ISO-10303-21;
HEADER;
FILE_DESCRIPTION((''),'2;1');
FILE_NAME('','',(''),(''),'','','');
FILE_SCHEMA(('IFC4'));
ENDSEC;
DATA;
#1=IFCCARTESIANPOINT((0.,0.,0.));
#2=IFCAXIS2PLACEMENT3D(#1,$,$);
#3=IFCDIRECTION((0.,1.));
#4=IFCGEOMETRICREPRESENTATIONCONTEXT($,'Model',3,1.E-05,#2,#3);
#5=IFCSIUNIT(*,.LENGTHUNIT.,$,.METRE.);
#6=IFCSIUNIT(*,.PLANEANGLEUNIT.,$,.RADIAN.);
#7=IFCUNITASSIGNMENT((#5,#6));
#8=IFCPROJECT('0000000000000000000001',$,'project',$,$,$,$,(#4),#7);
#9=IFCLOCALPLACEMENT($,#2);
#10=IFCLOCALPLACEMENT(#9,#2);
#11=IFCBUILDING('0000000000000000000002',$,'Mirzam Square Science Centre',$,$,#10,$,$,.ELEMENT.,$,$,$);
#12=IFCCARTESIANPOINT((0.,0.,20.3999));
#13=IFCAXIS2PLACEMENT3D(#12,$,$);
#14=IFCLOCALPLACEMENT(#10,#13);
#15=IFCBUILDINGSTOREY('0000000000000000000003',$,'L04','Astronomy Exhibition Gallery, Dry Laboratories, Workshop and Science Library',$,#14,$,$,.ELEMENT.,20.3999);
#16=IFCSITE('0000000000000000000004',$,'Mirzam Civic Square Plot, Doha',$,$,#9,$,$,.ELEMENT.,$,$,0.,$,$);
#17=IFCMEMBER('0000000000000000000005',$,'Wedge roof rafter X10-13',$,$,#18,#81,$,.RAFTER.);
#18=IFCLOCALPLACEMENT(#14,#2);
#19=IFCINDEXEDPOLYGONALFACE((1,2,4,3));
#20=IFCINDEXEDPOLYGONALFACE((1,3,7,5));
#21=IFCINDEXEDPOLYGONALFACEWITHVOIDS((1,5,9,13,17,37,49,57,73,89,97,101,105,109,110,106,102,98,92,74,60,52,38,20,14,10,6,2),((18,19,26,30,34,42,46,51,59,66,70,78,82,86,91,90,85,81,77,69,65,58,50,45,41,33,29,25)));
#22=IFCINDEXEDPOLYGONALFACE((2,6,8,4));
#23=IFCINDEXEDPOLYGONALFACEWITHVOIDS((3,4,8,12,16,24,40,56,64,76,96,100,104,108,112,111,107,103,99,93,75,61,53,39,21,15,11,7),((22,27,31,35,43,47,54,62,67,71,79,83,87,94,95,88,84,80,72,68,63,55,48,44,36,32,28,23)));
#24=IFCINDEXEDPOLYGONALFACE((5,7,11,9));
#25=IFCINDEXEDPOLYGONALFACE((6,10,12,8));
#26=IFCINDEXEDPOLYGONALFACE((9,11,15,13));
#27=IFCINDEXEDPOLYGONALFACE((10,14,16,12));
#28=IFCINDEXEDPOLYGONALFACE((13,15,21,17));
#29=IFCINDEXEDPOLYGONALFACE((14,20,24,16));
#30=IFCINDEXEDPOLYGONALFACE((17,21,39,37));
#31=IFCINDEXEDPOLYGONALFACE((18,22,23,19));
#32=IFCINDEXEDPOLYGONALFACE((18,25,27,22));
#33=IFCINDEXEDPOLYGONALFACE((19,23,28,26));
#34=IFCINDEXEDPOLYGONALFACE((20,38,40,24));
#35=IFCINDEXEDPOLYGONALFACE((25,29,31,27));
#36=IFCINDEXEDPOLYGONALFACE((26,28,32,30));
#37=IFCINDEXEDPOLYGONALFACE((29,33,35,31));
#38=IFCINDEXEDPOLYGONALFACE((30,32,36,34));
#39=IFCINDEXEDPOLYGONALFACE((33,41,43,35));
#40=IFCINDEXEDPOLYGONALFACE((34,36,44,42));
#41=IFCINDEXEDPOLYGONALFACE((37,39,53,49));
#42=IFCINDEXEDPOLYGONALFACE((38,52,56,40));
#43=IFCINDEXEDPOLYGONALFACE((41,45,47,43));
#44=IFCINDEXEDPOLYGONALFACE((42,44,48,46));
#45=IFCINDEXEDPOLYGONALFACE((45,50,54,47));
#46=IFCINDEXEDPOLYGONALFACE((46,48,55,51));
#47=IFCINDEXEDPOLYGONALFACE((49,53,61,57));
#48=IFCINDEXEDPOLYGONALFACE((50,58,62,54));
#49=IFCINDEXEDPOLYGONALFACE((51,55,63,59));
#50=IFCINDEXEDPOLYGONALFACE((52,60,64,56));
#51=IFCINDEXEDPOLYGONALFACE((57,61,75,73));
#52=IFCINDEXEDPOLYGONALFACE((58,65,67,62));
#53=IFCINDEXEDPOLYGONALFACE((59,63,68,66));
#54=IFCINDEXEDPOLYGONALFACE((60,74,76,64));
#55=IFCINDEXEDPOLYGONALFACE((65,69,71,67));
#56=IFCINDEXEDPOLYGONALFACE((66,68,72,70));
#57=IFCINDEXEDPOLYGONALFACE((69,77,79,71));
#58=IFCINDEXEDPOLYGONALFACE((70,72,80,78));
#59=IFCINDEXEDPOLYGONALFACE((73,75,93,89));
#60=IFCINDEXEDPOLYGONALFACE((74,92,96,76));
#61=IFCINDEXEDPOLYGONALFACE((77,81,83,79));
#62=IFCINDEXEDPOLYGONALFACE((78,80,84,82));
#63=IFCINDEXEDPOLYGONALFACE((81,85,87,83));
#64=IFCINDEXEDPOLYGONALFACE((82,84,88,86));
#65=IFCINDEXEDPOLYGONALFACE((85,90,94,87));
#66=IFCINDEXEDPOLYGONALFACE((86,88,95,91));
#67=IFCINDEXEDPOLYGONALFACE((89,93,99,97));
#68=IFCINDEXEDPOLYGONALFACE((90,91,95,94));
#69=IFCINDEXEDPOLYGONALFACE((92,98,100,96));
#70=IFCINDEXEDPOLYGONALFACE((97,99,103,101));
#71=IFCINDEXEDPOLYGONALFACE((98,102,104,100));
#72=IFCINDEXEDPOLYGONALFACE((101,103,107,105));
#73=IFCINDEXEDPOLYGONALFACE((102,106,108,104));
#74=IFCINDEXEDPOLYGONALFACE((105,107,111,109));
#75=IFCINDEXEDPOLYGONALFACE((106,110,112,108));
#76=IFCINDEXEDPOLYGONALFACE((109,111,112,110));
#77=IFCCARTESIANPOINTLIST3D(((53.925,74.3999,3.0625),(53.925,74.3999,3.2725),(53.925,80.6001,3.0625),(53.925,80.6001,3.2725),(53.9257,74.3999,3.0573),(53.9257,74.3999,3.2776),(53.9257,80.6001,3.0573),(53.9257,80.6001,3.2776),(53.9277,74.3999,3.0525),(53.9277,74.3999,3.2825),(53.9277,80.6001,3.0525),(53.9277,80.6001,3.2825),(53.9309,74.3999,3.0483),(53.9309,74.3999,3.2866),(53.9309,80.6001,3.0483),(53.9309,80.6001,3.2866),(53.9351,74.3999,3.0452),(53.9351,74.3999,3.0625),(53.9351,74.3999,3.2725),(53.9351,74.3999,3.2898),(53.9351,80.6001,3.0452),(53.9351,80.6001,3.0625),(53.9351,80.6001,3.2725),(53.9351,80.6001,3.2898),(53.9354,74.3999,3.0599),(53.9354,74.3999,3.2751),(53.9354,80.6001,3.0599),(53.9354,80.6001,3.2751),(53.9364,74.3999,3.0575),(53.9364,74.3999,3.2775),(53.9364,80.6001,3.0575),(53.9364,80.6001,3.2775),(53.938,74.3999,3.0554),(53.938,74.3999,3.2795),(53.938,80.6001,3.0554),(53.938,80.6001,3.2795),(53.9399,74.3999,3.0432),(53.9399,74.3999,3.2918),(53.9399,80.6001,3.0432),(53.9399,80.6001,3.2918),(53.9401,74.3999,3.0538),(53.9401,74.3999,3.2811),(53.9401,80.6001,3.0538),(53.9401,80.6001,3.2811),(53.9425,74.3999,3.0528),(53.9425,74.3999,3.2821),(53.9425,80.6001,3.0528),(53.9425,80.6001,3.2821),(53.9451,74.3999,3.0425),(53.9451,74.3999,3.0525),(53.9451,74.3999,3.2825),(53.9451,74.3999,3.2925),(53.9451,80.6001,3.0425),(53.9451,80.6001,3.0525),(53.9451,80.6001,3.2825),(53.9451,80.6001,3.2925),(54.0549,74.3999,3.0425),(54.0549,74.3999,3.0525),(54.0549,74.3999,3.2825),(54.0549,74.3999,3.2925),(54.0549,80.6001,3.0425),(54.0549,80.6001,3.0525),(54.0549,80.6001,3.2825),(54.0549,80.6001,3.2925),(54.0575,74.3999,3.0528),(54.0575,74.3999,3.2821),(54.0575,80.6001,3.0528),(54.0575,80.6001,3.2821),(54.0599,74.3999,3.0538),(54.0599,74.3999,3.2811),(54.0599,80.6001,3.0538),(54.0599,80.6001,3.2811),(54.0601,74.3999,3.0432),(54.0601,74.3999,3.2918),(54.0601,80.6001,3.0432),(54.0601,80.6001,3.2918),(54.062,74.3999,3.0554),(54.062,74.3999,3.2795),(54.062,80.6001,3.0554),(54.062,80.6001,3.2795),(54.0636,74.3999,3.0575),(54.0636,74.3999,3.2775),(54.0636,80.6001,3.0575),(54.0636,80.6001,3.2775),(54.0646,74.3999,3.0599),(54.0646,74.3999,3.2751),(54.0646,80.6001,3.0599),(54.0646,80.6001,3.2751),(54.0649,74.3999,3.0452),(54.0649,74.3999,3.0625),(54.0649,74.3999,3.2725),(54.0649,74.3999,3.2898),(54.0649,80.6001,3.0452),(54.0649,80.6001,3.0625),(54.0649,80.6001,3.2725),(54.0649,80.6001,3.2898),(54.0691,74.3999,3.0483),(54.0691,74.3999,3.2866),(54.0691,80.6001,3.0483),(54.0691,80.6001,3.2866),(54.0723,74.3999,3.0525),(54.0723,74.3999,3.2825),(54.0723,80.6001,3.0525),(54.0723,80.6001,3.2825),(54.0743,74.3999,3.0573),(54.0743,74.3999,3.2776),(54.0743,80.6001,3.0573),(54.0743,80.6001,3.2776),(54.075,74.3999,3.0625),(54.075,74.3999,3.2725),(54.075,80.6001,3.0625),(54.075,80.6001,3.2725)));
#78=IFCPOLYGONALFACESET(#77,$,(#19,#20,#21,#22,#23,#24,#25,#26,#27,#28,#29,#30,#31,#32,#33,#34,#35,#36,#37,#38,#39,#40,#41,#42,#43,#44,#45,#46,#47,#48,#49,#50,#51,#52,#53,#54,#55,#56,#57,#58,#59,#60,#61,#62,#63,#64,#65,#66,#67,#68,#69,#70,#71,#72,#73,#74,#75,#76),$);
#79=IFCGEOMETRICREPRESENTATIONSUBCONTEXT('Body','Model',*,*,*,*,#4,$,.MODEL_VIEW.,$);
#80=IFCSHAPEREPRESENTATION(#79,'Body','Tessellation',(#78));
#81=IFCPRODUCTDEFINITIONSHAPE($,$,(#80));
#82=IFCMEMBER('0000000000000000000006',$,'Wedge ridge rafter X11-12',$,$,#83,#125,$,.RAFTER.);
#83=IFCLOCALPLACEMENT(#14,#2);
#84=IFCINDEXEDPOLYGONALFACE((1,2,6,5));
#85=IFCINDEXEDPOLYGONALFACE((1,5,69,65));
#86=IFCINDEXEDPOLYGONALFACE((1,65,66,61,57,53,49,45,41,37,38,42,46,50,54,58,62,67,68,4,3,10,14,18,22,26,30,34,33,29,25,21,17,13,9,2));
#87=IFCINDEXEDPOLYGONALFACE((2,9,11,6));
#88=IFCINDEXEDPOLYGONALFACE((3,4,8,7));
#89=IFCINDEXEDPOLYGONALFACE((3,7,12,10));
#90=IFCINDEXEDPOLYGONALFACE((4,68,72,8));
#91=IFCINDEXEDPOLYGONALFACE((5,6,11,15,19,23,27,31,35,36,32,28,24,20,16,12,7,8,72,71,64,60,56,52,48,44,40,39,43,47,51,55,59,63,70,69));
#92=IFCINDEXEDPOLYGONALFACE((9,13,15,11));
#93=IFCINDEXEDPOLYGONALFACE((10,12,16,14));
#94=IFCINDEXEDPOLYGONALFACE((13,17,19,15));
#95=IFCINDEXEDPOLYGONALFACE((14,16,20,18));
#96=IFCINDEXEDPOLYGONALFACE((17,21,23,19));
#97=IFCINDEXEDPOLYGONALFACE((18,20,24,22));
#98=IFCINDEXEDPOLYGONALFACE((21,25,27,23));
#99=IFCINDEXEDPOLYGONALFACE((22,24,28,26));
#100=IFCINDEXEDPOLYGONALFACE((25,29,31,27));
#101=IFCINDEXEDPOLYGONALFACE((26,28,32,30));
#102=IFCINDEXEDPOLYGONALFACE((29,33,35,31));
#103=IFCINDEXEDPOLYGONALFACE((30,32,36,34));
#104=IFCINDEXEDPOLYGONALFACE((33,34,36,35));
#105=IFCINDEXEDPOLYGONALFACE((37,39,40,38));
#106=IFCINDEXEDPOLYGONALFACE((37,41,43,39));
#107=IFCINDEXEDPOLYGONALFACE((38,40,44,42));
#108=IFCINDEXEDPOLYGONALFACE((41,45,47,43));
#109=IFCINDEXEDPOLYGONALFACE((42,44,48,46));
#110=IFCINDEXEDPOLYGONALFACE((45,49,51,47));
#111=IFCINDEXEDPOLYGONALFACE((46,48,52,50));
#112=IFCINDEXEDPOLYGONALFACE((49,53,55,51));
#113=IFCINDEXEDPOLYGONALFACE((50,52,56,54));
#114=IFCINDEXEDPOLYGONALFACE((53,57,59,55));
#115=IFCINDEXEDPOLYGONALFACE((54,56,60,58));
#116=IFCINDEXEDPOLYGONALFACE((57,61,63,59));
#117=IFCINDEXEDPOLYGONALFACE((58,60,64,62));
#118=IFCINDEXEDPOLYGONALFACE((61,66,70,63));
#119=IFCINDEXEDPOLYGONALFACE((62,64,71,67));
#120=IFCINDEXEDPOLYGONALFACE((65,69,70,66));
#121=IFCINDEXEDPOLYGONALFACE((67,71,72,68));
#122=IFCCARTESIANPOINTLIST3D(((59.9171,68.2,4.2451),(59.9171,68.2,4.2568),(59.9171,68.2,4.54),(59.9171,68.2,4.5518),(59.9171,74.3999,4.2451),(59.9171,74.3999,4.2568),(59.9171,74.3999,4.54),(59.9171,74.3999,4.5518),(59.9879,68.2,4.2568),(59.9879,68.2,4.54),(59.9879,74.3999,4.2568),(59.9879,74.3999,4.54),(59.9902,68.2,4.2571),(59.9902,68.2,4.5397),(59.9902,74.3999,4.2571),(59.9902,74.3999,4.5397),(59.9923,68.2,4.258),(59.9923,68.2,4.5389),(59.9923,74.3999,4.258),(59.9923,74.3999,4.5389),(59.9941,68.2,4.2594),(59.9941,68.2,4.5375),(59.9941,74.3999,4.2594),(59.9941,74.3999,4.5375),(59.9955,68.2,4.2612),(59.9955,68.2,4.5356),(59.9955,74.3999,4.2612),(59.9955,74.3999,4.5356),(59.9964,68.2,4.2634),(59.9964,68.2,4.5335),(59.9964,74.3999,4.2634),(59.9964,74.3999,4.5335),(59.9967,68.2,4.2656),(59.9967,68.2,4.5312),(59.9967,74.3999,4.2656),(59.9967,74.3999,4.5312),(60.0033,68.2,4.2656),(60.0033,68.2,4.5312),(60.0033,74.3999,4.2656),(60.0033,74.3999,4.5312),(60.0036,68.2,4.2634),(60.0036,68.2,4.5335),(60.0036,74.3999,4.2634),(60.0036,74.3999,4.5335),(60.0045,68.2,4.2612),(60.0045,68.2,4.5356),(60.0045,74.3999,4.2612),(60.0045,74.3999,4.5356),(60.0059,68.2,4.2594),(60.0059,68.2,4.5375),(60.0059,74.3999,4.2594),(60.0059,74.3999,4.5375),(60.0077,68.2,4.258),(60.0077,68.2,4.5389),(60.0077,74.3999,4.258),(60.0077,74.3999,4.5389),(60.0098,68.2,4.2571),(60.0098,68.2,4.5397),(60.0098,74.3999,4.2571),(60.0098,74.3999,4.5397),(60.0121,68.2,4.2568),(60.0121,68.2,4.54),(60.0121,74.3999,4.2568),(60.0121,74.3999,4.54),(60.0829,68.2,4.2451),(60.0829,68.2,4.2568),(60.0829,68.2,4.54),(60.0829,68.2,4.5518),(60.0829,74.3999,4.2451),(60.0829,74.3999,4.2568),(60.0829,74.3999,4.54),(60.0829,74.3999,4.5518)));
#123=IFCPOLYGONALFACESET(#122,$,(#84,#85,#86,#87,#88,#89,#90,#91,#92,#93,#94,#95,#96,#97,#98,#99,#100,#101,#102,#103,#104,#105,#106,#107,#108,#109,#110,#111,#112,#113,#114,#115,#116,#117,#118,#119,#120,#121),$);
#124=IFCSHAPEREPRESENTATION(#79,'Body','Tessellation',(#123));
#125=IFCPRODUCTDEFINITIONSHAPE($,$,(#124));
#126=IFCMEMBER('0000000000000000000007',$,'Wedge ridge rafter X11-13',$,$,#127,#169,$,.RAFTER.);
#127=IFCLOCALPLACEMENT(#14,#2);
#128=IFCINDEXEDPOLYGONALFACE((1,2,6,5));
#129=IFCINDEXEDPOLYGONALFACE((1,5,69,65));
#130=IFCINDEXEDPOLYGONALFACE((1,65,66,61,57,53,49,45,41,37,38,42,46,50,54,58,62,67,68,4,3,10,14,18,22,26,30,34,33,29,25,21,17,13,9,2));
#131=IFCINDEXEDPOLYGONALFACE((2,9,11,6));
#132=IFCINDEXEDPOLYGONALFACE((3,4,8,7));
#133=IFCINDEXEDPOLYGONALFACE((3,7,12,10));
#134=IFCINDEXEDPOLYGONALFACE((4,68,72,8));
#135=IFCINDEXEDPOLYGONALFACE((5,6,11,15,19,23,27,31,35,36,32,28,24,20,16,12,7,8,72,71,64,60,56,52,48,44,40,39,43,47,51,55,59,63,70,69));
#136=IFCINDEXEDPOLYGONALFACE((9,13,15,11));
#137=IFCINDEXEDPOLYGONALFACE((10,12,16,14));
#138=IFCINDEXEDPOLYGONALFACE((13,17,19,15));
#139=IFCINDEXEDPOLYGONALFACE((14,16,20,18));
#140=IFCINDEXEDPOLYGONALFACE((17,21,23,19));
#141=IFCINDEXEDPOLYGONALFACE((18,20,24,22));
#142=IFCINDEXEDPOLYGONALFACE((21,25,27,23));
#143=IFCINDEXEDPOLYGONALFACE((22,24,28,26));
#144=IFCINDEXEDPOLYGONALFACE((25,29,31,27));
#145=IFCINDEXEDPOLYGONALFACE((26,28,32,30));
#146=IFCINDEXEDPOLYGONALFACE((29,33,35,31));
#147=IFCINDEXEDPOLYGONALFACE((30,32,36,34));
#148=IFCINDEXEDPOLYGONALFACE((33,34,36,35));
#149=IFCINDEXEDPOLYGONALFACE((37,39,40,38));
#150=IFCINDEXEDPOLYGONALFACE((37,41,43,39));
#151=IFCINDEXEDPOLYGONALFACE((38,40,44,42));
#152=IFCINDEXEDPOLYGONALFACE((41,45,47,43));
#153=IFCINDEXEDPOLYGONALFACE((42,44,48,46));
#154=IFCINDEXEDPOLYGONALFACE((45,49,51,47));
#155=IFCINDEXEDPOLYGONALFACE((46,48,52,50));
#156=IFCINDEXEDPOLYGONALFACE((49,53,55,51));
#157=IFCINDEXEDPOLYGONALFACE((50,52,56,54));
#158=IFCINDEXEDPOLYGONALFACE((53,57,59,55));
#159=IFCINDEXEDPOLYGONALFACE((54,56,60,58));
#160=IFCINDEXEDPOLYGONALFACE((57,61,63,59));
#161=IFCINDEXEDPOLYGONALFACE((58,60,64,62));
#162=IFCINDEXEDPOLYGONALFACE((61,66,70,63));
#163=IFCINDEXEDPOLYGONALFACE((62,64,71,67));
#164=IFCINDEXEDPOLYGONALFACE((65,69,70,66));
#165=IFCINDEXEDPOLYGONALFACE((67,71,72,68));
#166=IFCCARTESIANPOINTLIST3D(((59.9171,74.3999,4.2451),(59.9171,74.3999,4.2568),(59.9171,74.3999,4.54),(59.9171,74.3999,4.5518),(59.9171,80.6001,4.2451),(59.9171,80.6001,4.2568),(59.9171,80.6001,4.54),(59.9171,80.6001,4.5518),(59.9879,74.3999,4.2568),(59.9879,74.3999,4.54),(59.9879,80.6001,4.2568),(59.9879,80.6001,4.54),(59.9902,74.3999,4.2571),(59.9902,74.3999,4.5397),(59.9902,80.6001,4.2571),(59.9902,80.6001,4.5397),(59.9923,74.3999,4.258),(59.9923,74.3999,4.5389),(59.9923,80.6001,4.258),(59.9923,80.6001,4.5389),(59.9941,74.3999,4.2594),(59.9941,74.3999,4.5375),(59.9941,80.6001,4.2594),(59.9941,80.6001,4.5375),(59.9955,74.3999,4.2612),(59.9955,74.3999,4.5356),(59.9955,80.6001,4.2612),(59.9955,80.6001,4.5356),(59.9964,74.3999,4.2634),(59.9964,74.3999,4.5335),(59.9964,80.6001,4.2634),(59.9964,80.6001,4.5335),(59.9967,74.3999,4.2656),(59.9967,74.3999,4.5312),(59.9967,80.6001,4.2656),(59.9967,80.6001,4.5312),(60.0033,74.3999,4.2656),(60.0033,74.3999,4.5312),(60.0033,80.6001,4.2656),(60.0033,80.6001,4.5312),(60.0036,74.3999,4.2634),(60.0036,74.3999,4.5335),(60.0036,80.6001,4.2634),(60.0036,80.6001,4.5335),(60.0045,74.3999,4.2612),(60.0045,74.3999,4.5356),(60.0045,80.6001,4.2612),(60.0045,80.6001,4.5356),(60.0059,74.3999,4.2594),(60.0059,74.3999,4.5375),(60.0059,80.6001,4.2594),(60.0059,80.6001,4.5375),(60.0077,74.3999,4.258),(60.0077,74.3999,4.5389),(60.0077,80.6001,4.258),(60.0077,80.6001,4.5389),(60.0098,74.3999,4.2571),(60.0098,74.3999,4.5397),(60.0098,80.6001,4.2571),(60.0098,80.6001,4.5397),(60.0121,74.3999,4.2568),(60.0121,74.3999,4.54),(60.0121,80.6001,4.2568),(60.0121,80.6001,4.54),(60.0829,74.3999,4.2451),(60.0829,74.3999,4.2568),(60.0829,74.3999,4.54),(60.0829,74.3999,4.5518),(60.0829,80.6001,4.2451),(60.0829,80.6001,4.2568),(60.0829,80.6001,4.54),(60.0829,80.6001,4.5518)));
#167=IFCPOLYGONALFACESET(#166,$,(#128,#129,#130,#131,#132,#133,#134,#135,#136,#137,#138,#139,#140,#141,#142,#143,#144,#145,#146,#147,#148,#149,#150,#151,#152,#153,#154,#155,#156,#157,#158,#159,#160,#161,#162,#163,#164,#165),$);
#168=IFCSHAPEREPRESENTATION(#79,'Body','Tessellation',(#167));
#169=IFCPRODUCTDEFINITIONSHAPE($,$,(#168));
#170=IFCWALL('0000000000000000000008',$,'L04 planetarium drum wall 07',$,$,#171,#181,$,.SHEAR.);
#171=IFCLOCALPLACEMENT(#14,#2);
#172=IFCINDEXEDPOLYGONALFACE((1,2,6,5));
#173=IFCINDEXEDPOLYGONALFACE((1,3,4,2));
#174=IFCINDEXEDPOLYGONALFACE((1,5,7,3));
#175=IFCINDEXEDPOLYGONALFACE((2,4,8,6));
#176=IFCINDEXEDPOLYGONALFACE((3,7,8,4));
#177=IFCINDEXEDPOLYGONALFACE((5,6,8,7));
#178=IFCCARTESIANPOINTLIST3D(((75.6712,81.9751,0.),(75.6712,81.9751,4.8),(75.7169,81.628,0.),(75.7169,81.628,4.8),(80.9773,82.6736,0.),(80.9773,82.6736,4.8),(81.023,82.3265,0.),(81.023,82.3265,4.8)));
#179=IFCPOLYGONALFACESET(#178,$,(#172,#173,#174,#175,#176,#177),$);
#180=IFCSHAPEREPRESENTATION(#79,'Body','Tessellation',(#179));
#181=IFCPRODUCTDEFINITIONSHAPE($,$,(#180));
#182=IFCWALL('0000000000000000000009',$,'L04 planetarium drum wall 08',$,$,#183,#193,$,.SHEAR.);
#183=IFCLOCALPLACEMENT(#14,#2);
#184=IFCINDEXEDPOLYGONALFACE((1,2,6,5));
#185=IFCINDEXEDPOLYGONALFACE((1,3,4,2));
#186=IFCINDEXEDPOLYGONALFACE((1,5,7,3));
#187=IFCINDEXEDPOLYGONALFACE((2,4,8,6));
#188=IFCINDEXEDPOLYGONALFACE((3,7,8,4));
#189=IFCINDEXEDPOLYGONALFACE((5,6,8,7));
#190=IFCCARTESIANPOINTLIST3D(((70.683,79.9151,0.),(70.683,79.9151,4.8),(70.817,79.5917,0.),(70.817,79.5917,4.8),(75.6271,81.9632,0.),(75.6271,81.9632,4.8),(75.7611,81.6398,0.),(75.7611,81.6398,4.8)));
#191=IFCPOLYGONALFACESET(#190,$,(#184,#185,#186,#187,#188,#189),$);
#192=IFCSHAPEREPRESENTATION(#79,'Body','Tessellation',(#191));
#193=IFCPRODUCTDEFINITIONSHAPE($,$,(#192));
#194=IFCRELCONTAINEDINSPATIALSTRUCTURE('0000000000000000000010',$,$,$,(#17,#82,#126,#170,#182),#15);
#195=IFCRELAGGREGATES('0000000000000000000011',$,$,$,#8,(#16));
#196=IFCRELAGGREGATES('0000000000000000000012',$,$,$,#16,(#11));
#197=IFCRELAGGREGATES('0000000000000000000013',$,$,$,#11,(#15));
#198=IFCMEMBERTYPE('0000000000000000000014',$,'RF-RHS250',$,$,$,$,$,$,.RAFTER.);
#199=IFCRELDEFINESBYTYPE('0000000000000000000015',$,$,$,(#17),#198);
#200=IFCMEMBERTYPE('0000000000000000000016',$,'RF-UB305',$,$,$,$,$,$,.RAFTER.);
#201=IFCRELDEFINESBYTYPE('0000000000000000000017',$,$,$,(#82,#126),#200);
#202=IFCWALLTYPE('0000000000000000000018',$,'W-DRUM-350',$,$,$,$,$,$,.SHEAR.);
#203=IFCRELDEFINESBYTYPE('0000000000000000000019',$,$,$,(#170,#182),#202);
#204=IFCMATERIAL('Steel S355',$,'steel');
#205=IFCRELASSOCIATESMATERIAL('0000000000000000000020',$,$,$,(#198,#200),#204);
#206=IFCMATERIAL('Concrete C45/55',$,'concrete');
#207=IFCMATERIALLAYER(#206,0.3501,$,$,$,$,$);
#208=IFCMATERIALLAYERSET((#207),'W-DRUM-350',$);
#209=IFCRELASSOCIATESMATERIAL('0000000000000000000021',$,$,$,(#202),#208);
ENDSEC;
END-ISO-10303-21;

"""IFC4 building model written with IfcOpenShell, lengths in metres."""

from ifc_helpers import new_model, si_unit, direction, frame, frame_2d, origin, origin_2d, place, context, subcontext, project, spatial, rectangle, hollow_rectangle, i_section, extrude, material, layer, layer_set, material_profile, profile_set, type_object, element, save


model = new_model("IFC4")

# Units and contexts
model_context = context("Model", 3, precision=1e-05, world=origin(), true_north=direction((0.0, 1.0)))
body_context = subcontext(model_context, "Body", "Model", "MODEL_VIEW")
ifc_project = project(units=[si_unit("LENGTHUNIT", "METRE"), si_unit("PLANEANGLEUNIT", "RADIAN")], contexts=[model_context])

# Site, building, storey
site_placement = place(None, origin())
site = spatial("IfcSite", under=ifc_project, at=site_placement, Name="Mirzam Civic Square Plot, Doha", CompositionType="ELEMENT", RefElevation=0.0)
building_placement = place(site_placement, origin())
building = spatial("IfcBuilding", under=site, at=building_placement, Name="Mirzam Square Science Centre", CompositionType="ELEMENT")
storey_placement = place(building_placement, frame((0.0, 0.0, 20.3999)))
storey = spatial("IfcBuildingStorey", under=building, at=storey_placement, Name="L04", Description="Astronomy Exhibition Gallery, Dry Laboratories, Workshop and Science Library", CompositionType="ELEMENT", Elevation=20.3999)

# Shared definitions
ifc_material_1 = material(Name="Concrete C45/55", Category="concrete")

# Members
ifc_material_2 = material(Name="Steel S355", Category="steel")
ifc_material_profile_1 = material_profile(ifc_material_2, hollow_rectangle(XDim=0.1499, YDim=0.25, WallThickness=0.01, InnerFilletRadius=0.01, OuterFilletRadius=0.02, at=origin_2d()), Name="250x150x10.0RHS")
ifc_profile_set_1 = profile_set([ifc_material_profile_1], Name="Steel S355")
member_type_1 = type_object("IfcMemberType", Name="RF-RHS250", PredefinedType="RAFTER", material=ifc_profile_set_1)
member_1_placement = place(storey_placement, frame((54.0, 74.3999, 3.1675), z_axis=(0.0, 1.0, 0.0), x_axis=(-1.0, 0.0, 0.0)))
element("IfcMember", 1, at=member_1_placement, inside=storey, type_object=member_type_1, Name="Wedge roof rafter X10-13", PredefinedType="RAFTER", context=body_context, shape_type="SweptSolid", body=[
    extrude(hollow_rectangle(XDim=0.1499, YDim=0.25, WallThickness=0.01, InnerFilletRadius=0.01, OuterFilletRadius=0.02, at=origin_2d()), origin(), (0.0, 0.0, 1.0), 6.2002),
])
ifc_material_profile_2 = material_profile(ifc_material_2, i_section(OverallWidth=0.1658, OverallDepth=0.3066, WebThickness=0.0066, FlangeThickness=0.0117, FilletRadius=0.0088, at=origin_2d()), Name="305x165x46UB")
ifc_profile_set_2 = profile_set([ifc_material_profile_2], Name="Steel S355")
member_type_2 = type_object("IfcMemberType", Name="RF-UB305", PredefinedType="RAFTER", material=ifc_profile_set_2)
member_2_placement = place(storey_placement, frame((60.0, 68.2, 4.3984), z_axis=(0.0, 1.0, 0.0), x_axis=(-1.0, 0.0, 0.0)))
element("IfcMember", 2, at=member_2_placement, inside=storey, type_object=member_type_2, Name="Wedge ridge rafter X11-12", PredefinedType="RAFTER", context=body_context, shape_type="SweptSolid", body=[
    extrude(i_section(OverallWidth=0.1658, OverallDepth=0.3066, WebThickness=0.0066, FlangeThickness=0.0117, FilletRadius=0.0088, at=origin_2d()), origin(), (0.0, 0.0, 1.0), 6.2),
])
member_3_placement = place(storey_placement, frame((60.0, 74.3999, 4.3984), z_axis=(0.0, 1.0, 0.0), x_axis=(-1.0, 0.0, 0.0)))
element("IfcMember", 3, at=member_3_placement, inside=storey, type_object=member_type_2, Name="Wedge ridge rafter X11-13", PredefinedType="RAFTER", context=body_context, shape_type="SweptSolid", body=[
    extrude(i_section(OverallWidth=0.1658, OverallDepth=0.3066, WebThickness=0.0066, FlangeThickness=0.0117, FilletRadius=0.0088, at=origin_2d()), origin(), (0.0, 0.0, 1.0), 6.2002),
])

# Walls
ifc_layer_1 = layer(ifc_material_1, 0.3501)
ifc_layer_set_1 = layer_set([ifc_layer_1], Name="W-DRUM-350")
wall_type_1 = type_object("IfcWallType", Name="W-DRUM-350", PredefinedType="SHEAR", material=ifc_layer_set_1)
wall_1_placement = place(storey_placement, frame((81.0, 82.5, 0.0), z_axis=(0.0, 0.0, 1.0), x_axis=(-0.991446, -0.130517, 0.0)))
element("IfcWall", 4, at=wall_1_placement, inside=storey, type_object=wall_type_1, Name="L04 planetarium drum wall 07", PredefinedType="SHEAR", context=body_context, shape_type="SweptSolid", body=[
    extrude(rectangle(XDim=5.3518, YDim=0.3501, at=frame_2d((2.6758, 0.0))), origin(), (0.0, 0.0, 1.0), 4.8),
])
for number, where, z_axis, x_axis, name in (
    (5, (75.6941, 81.8015, 0.0), (0.0, 0.0, 1.0), (-0.923867, -0.382713, 0.0), "L04 planetarium drum wall 08"),
):
    element("IfcWall", number, at=place(storey_placement, frame(where, z_axis=z_axis, x_axis=x_axis)), inside=storey, type_object=wall_type_1, Name=name, PredefinedType="SHEAR", context=body_context, shape_type="SweptSolid", body=[
        extrude(rectangle(XDim=5.3516, YDim=0.3501, at=frame_2d((2.6758, 0.0))), origin(), (0.0, 0.0, 1.0), 4.8),
    ])

save(model, "model.ifc")
